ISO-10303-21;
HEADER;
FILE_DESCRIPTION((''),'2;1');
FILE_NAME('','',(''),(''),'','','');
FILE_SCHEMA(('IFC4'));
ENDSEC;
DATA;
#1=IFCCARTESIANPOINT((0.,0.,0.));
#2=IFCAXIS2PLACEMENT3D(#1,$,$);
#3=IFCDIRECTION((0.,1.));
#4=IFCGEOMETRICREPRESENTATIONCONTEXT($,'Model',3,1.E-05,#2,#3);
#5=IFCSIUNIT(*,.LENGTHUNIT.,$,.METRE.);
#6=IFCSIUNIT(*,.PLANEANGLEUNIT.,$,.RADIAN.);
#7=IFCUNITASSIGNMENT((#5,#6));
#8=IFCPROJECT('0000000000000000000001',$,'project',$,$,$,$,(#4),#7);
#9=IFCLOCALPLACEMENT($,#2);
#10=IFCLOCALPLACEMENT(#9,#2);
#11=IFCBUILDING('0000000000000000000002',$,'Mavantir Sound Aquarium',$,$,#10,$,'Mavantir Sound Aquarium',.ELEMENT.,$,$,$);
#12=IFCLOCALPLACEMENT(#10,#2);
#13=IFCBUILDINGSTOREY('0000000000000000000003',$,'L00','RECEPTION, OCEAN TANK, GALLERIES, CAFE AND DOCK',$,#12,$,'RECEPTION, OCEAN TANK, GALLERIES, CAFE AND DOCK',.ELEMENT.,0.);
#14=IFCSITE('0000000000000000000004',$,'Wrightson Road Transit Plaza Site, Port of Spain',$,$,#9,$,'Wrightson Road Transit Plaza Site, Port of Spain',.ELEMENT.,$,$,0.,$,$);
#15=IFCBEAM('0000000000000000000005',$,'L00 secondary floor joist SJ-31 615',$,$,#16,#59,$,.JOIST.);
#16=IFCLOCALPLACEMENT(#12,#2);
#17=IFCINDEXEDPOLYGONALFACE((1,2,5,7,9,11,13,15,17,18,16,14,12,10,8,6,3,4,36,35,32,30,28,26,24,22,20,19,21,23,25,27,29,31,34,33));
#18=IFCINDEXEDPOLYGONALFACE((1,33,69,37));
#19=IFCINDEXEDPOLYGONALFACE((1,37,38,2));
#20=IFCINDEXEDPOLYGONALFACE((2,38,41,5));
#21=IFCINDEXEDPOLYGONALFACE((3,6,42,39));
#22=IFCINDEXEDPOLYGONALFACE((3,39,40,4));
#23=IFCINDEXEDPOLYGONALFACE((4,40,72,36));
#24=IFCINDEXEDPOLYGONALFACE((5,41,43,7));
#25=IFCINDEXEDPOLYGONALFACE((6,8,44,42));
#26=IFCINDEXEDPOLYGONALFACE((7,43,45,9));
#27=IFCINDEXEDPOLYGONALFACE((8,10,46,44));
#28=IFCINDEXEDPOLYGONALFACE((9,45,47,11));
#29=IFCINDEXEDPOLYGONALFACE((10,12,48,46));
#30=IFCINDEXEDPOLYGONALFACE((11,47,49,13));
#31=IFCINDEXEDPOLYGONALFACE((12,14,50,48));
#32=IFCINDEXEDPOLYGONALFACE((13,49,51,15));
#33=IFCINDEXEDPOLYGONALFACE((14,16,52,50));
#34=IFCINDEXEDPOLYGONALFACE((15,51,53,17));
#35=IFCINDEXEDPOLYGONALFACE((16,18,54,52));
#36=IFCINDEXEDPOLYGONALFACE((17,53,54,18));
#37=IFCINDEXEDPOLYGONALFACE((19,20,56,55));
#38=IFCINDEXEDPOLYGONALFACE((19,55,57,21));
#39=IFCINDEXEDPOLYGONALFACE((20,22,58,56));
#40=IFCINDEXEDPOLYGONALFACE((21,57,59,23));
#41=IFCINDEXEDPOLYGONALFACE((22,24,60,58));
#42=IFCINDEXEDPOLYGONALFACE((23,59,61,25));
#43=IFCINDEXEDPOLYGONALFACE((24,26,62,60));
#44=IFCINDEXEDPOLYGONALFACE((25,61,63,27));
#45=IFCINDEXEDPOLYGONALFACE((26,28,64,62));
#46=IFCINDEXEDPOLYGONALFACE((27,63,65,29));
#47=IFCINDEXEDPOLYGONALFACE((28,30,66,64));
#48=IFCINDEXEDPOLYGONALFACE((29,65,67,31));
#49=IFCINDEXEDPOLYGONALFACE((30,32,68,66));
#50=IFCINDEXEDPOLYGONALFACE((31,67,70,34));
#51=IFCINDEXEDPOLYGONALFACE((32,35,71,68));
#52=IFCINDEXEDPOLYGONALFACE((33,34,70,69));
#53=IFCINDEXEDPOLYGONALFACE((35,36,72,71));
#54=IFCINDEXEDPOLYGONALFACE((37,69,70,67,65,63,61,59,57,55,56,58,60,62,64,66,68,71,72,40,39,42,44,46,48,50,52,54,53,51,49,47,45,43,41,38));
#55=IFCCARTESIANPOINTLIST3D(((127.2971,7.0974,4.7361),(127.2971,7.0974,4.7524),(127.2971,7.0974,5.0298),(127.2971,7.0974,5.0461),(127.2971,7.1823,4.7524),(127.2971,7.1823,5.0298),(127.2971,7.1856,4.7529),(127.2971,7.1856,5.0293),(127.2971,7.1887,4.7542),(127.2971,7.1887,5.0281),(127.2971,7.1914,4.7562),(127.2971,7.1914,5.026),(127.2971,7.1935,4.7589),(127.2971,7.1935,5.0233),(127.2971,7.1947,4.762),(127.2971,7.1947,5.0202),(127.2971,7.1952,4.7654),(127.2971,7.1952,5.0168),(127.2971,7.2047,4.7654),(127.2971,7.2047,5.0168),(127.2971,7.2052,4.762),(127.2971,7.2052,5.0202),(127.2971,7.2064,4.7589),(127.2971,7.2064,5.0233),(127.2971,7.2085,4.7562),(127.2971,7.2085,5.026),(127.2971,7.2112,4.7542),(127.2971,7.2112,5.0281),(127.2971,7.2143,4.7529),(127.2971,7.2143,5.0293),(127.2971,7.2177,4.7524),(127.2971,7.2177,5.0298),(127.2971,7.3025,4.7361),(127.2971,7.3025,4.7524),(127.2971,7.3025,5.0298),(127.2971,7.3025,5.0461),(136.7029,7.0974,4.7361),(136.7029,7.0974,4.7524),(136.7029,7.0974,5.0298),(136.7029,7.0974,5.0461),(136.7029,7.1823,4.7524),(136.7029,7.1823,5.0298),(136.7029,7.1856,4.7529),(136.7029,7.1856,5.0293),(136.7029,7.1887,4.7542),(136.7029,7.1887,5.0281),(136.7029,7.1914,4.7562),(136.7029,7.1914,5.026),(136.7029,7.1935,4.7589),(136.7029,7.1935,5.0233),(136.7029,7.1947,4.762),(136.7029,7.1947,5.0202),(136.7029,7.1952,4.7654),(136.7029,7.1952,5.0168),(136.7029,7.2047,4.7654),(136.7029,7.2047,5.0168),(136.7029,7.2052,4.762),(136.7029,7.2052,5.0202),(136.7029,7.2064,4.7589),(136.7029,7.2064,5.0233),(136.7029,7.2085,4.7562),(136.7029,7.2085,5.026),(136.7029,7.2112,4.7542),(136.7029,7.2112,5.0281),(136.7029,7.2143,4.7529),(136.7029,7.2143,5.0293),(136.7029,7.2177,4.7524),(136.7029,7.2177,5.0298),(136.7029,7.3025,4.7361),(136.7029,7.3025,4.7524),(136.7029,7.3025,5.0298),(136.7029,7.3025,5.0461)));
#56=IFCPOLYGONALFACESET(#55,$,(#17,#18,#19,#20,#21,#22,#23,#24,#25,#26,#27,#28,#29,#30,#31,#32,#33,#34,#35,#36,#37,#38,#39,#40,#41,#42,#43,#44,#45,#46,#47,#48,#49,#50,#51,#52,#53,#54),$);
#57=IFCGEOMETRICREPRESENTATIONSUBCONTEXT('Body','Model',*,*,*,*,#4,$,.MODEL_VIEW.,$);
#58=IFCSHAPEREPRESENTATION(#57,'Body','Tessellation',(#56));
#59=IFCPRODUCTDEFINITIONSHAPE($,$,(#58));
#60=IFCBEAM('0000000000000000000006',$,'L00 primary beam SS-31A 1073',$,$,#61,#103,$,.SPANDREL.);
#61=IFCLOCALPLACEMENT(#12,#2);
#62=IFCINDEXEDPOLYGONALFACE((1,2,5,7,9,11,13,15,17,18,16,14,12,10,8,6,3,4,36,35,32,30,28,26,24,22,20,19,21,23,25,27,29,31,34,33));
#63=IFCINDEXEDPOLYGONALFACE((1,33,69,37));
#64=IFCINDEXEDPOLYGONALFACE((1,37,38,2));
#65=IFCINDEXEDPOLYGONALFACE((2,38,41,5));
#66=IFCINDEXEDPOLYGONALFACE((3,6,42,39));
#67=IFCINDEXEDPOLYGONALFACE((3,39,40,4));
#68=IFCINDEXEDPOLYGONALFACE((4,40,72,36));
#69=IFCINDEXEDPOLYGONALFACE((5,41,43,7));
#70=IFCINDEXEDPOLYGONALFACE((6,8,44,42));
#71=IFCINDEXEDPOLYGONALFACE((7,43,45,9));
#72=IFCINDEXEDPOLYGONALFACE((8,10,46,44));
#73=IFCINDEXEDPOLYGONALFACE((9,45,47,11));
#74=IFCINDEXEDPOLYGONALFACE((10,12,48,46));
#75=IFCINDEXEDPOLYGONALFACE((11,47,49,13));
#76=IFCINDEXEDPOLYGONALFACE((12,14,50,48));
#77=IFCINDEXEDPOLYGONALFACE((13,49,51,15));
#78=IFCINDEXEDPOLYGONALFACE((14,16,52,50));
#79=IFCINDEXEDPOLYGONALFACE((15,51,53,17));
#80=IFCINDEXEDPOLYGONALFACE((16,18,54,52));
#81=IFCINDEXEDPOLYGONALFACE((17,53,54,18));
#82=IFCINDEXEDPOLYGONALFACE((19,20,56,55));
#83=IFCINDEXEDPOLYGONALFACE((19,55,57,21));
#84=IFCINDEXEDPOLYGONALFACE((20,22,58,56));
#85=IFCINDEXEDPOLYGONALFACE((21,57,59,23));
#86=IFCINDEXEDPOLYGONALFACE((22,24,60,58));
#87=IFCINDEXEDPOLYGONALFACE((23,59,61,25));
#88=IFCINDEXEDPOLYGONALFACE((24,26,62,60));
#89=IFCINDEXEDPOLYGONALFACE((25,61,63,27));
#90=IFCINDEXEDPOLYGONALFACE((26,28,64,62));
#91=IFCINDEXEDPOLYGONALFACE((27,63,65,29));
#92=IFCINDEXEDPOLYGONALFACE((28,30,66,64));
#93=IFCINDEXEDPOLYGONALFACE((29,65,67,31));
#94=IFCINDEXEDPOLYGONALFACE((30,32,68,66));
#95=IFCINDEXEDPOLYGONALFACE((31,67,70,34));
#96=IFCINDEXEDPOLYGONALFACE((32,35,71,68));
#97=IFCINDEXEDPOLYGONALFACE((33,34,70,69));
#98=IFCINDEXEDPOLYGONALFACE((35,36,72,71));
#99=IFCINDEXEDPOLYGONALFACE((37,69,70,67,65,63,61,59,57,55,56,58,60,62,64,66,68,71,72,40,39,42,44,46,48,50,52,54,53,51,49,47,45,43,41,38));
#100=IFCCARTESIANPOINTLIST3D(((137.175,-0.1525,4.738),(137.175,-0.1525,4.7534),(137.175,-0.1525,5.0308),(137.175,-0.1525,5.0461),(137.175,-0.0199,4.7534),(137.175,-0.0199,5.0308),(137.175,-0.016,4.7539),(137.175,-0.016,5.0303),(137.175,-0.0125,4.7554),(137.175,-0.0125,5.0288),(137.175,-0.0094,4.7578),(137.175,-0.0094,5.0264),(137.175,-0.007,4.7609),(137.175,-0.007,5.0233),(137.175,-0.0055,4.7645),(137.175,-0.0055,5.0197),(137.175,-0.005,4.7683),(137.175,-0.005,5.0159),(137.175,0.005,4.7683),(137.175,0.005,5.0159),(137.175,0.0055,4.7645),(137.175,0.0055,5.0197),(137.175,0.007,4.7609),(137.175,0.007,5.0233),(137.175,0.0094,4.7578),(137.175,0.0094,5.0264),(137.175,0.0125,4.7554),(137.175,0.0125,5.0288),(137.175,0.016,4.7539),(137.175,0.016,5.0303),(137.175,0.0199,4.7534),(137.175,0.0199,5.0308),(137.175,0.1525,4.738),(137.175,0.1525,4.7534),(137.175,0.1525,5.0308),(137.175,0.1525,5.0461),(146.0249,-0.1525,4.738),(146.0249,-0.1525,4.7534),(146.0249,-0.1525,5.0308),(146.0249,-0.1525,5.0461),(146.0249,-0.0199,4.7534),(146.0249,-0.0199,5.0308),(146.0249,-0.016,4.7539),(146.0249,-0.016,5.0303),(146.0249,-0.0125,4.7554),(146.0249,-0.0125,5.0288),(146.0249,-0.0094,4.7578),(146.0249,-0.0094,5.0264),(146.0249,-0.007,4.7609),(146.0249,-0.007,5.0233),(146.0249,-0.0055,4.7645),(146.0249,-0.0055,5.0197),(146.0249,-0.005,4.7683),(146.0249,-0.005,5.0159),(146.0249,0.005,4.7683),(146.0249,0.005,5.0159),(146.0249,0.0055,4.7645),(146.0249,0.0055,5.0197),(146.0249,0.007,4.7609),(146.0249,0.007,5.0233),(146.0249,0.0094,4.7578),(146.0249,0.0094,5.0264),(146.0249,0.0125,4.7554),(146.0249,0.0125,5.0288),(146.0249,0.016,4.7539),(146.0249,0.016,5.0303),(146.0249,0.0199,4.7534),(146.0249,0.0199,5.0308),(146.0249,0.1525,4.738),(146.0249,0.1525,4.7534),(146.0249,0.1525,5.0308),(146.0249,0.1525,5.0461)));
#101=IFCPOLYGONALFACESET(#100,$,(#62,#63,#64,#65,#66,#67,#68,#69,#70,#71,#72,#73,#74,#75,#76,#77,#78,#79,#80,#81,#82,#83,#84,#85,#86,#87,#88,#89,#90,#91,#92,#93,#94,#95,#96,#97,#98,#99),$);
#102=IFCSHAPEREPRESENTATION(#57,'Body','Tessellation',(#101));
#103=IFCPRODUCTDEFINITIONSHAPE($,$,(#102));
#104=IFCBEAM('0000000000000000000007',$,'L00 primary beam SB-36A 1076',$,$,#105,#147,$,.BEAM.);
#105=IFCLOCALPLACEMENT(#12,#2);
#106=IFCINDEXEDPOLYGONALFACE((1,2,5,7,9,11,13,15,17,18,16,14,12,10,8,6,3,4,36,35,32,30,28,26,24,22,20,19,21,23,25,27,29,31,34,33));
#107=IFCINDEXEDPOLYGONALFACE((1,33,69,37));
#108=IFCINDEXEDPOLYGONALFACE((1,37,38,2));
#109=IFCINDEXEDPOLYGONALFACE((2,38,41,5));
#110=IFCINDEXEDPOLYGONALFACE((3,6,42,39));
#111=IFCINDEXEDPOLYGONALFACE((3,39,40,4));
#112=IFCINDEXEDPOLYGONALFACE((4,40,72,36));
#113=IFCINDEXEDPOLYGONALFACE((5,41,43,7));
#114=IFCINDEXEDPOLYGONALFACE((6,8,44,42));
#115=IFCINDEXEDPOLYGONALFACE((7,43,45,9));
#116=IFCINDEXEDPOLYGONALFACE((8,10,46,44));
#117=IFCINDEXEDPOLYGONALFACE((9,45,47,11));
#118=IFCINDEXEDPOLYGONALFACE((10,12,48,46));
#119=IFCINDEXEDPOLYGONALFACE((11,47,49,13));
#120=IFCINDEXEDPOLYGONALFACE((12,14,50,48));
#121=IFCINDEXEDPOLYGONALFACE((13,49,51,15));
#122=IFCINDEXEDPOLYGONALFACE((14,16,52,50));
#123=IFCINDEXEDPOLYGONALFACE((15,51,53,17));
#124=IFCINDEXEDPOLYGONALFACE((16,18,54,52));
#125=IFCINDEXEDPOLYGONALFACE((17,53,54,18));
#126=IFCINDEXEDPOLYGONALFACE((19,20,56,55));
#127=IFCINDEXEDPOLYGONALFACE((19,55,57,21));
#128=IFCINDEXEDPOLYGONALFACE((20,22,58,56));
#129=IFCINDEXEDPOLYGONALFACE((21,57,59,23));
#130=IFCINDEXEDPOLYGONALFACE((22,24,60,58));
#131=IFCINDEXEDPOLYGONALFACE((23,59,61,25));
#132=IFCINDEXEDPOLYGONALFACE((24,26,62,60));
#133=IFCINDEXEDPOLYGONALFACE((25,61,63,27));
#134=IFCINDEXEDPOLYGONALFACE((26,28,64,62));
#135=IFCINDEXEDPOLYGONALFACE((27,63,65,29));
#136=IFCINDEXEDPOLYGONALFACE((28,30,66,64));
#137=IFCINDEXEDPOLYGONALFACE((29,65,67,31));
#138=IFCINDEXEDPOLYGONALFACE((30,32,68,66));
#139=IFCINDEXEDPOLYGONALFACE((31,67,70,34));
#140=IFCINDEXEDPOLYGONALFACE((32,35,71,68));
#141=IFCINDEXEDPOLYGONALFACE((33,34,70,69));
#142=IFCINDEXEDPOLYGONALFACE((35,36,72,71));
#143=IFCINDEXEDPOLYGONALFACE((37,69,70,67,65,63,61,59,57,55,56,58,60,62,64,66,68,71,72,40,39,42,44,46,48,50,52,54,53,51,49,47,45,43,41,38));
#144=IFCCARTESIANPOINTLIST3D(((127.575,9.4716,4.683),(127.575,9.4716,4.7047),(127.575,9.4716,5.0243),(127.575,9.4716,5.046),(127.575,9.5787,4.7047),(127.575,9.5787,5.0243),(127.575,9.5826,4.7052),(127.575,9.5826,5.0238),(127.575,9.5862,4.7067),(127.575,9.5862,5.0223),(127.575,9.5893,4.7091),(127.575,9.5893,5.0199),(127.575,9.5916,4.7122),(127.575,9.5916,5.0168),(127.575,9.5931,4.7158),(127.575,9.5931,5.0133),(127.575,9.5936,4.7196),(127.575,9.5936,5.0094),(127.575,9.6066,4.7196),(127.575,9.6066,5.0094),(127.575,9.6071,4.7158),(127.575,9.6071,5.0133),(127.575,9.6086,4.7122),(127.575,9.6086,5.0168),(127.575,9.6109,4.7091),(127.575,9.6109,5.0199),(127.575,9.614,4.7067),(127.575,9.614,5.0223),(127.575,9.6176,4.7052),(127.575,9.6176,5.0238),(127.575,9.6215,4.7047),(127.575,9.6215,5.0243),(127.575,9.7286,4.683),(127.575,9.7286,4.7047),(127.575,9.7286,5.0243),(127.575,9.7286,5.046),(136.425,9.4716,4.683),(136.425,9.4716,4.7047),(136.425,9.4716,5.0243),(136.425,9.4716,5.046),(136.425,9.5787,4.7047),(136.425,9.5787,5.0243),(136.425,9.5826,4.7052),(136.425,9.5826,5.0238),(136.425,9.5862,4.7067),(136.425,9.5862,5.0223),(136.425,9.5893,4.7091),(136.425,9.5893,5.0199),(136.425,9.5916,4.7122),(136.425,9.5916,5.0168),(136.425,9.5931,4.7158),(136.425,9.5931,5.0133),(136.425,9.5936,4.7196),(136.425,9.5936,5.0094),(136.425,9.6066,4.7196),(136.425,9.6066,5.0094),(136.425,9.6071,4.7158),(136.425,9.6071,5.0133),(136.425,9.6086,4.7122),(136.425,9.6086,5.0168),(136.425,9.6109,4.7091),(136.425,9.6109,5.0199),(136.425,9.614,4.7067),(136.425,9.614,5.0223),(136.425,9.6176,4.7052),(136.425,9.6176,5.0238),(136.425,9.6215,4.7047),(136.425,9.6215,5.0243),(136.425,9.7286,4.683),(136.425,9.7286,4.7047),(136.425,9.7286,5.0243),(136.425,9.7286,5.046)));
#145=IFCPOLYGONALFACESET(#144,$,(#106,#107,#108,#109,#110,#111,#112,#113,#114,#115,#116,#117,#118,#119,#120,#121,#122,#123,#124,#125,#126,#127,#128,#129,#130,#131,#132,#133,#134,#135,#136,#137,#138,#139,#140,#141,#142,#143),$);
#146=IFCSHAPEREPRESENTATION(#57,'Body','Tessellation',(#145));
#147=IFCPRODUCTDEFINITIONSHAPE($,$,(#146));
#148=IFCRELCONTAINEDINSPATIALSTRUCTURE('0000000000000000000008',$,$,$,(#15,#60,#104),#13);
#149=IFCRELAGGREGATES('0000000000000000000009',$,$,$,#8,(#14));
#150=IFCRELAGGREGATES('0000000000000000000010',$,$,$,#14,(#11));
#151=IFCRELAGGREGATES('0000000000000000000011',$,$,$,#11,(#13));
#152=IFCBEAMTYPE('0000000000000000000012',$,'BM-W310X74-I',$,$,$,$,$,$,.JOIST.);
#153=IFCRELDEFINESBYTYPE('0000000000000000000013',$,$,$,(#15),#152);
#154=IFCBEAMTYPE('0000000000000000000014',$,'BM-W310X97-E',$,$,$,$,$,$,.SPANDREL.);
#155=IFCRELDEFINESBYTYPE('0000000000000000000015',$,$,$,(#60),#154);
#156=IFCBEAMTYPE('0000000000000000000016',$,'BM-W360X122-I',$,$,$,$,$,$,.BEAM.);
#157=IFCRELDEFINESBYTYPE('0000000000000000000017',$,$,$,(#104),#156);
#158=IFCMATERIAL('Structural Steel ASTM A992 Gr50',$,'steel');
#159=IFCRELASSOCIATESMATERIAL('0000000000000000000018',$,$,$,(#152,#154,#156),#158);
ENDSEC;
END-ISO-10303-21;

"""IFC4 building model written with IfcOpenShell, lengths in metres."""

from ifc_helpers import new_model, si_unit, direction, frame, origin, origin_2d, place, context, subcontext, project, spatial, i_section, extrude, material, material_profile, profile_set, type_object, element, save


model = new_model("IFC4")

# Units and contexts
model_context = context("Model", 3, precision=1e-05, world=origin(), true_north=direction((0.0, 1.0)))
body_context = subcontext(model_context, "Body", "Model", "MODEL_VIEW")
ifc_project = project(units=[si_unit("LENGTHUNIT", "METRE"), si_unit("PLANEANGLEUNIT", "RADIAN")], contexts=[model_context])

# Site, building, storey
site_placement = place(None, origin())
site = spatial("IfcSite", under=ifc_project, at=site_placement, Name="Wrightson Road Transit Plaza Site, Port of Spain", LongName="Wrightson Road Transit Plaza Site, Port of Spain", CompositionType="ELEMENT", RefElevation=0.0)
building_placement = place(site_placement, origin())
building = spatial("IfcBuilding", under=site, at=building_placement, Name="Mavantir Sound Aquarium", LongName="Mavantir Sound Aquarium", CompositionType="ELEMENT")
storey_placement = place(building_placement, origin())
storey = spatial("IfcBuildingStorey", under=building, at=storey_placement, Name="L00", Description="RECEPTION, OCEAN TANK, GALLERIES, CAFE AND DOCK", LongName="RECEPTION, OCEAN TANK, GALLERIES, CAFE AND DOCK", CompositionType="ELEMENT", Elevation=0.0)

# Beams
ifc_material_1 = material(Name="Structural Steel ASTM A992 Gr50", Category="steel")
ifc_material_profile_1 = material_profile(ifc_material_1, i_section(OverallWidth=0.2051, OverallDepth=0.3101, WebThickness=0.0095, FlangeThickness=0.0164, FilletRadius=0.0129, at=origin_2d()), Name="W310X74")
ifc_profile_set_1 = profile_set([ifc_material_profile_1], Name="Structural Steel ASTM A992 Gr50")
beam_type_1 = type_object("IfcBeamType", Name="BM-W310X74-I", PredefinedType="JOIST", material=ifc_profile_set_1)
beam_1_placement = place(storey_placement, frame((127.2971, 7.2, 4.8911), z_axis=(1.0, 0.0, 0.0), x_axis=(0.0, 1.0, 0.0)))
element("IfcBeam", 1, at=beam_1_placement, inside=storey, type_object=beam_type_1, Name="L00 secondary floor joist SJ-31 615", PredefinedType="JOIST", context=body_context, shape_type="SweptSolid", body=[
    extrude(i_section(OverallWidth=0.2051, OverallDepth=0.3101, WebThickness=0.0095, FlangeThickness=0.0164, FilletRadius=0.0129, at=origin_2d()), origin(), (0.0, 0.0, 1.0), 9.4058),
])
ifc_material_profile_2 = material_profile(ifc_material_1, i_section(OverallWidth=0.3049, OverallDepth=0.3081, WebThickness=0.01, FlangeThickness=0.0154, FilletRadius=0.0149, at=origin_2d()), Name="W310X97")
ifc_profile_set_2 = profile_set([ifc_material_profile_2], Name="Structural Steel ASTM A992 Gr50")
beam_type_2 = type_object("IfcBeamType", Name="BM-W310X97-E", PredefinedType="SPANDREL", material=ifc_profile_set_2)
beam_2_placement = place(storey_placement, frame((137.175, 0.0, 4.8921), z_axis=(1.0, 0.0, 0.0), x_axis=(0.0, 1.0, 0.0)))
element("IfcBeam", 2, at=beam_2_placement, inside=storey, type_object=beam_type_2, Name="L00 primary beam SS-31A 1073", PredefinedType="SPANDREL", context=body_context, shape_type="SweptSolid", body=[
    extrude(i_section(OverallWidth=0.3049, OverallDepth=0.3081, WebThickness=0.01, FlangeThickness=0.0154, FilletRadius=0.0149, at=origin_2d()), origin(), (0.0, 0.0, 1.0), 8.8499),
])
ifc_material_profile_3 = material_profile(ifc_material_1, i_section(OverallWidth=0.2571, OverallDepth=0.363, WebThickness=0.0129, FlangeThickness=0.0217, FilletRadius=0.0149, at=origin_2d()), Name="W360X122")
ifc_profile_set_3 = profile_set([ifc_material_profile_3], Name="Structural Steel ASTM A992 Gr50")
beam_type_3 = type_object("IfcBeamType", Name="BM-W360X122-I", PredefinedType="BEAM", material=ifc_profile_set_3)
beam_3_placement = place(storey_placement, frame((127.575, 9.6001, 4.8645), z_axis=(1.0, 0.0, 0.0), x_axis=(0.0, 1.0, 0.0)))
element("IfcBeam", 3, at=beam_3_placement, inside=storey, type_object=beam_type_3, Name="L00 primary beam SB-36A 1076", PredefinedType="BEAM", context=body_context, shape_type="SweptSolid", body=[
    extrude(i_section(OverallWidth=0.2571, OverallDepth=0.363, WebThickness=0.0129, FlangeThickness=0.0217, FilletRadius=0.0149, at=origin_2d()), origin(), (0.0, 0.0, 1.0), 8.8501),
])

save(model, "model.ifc")
